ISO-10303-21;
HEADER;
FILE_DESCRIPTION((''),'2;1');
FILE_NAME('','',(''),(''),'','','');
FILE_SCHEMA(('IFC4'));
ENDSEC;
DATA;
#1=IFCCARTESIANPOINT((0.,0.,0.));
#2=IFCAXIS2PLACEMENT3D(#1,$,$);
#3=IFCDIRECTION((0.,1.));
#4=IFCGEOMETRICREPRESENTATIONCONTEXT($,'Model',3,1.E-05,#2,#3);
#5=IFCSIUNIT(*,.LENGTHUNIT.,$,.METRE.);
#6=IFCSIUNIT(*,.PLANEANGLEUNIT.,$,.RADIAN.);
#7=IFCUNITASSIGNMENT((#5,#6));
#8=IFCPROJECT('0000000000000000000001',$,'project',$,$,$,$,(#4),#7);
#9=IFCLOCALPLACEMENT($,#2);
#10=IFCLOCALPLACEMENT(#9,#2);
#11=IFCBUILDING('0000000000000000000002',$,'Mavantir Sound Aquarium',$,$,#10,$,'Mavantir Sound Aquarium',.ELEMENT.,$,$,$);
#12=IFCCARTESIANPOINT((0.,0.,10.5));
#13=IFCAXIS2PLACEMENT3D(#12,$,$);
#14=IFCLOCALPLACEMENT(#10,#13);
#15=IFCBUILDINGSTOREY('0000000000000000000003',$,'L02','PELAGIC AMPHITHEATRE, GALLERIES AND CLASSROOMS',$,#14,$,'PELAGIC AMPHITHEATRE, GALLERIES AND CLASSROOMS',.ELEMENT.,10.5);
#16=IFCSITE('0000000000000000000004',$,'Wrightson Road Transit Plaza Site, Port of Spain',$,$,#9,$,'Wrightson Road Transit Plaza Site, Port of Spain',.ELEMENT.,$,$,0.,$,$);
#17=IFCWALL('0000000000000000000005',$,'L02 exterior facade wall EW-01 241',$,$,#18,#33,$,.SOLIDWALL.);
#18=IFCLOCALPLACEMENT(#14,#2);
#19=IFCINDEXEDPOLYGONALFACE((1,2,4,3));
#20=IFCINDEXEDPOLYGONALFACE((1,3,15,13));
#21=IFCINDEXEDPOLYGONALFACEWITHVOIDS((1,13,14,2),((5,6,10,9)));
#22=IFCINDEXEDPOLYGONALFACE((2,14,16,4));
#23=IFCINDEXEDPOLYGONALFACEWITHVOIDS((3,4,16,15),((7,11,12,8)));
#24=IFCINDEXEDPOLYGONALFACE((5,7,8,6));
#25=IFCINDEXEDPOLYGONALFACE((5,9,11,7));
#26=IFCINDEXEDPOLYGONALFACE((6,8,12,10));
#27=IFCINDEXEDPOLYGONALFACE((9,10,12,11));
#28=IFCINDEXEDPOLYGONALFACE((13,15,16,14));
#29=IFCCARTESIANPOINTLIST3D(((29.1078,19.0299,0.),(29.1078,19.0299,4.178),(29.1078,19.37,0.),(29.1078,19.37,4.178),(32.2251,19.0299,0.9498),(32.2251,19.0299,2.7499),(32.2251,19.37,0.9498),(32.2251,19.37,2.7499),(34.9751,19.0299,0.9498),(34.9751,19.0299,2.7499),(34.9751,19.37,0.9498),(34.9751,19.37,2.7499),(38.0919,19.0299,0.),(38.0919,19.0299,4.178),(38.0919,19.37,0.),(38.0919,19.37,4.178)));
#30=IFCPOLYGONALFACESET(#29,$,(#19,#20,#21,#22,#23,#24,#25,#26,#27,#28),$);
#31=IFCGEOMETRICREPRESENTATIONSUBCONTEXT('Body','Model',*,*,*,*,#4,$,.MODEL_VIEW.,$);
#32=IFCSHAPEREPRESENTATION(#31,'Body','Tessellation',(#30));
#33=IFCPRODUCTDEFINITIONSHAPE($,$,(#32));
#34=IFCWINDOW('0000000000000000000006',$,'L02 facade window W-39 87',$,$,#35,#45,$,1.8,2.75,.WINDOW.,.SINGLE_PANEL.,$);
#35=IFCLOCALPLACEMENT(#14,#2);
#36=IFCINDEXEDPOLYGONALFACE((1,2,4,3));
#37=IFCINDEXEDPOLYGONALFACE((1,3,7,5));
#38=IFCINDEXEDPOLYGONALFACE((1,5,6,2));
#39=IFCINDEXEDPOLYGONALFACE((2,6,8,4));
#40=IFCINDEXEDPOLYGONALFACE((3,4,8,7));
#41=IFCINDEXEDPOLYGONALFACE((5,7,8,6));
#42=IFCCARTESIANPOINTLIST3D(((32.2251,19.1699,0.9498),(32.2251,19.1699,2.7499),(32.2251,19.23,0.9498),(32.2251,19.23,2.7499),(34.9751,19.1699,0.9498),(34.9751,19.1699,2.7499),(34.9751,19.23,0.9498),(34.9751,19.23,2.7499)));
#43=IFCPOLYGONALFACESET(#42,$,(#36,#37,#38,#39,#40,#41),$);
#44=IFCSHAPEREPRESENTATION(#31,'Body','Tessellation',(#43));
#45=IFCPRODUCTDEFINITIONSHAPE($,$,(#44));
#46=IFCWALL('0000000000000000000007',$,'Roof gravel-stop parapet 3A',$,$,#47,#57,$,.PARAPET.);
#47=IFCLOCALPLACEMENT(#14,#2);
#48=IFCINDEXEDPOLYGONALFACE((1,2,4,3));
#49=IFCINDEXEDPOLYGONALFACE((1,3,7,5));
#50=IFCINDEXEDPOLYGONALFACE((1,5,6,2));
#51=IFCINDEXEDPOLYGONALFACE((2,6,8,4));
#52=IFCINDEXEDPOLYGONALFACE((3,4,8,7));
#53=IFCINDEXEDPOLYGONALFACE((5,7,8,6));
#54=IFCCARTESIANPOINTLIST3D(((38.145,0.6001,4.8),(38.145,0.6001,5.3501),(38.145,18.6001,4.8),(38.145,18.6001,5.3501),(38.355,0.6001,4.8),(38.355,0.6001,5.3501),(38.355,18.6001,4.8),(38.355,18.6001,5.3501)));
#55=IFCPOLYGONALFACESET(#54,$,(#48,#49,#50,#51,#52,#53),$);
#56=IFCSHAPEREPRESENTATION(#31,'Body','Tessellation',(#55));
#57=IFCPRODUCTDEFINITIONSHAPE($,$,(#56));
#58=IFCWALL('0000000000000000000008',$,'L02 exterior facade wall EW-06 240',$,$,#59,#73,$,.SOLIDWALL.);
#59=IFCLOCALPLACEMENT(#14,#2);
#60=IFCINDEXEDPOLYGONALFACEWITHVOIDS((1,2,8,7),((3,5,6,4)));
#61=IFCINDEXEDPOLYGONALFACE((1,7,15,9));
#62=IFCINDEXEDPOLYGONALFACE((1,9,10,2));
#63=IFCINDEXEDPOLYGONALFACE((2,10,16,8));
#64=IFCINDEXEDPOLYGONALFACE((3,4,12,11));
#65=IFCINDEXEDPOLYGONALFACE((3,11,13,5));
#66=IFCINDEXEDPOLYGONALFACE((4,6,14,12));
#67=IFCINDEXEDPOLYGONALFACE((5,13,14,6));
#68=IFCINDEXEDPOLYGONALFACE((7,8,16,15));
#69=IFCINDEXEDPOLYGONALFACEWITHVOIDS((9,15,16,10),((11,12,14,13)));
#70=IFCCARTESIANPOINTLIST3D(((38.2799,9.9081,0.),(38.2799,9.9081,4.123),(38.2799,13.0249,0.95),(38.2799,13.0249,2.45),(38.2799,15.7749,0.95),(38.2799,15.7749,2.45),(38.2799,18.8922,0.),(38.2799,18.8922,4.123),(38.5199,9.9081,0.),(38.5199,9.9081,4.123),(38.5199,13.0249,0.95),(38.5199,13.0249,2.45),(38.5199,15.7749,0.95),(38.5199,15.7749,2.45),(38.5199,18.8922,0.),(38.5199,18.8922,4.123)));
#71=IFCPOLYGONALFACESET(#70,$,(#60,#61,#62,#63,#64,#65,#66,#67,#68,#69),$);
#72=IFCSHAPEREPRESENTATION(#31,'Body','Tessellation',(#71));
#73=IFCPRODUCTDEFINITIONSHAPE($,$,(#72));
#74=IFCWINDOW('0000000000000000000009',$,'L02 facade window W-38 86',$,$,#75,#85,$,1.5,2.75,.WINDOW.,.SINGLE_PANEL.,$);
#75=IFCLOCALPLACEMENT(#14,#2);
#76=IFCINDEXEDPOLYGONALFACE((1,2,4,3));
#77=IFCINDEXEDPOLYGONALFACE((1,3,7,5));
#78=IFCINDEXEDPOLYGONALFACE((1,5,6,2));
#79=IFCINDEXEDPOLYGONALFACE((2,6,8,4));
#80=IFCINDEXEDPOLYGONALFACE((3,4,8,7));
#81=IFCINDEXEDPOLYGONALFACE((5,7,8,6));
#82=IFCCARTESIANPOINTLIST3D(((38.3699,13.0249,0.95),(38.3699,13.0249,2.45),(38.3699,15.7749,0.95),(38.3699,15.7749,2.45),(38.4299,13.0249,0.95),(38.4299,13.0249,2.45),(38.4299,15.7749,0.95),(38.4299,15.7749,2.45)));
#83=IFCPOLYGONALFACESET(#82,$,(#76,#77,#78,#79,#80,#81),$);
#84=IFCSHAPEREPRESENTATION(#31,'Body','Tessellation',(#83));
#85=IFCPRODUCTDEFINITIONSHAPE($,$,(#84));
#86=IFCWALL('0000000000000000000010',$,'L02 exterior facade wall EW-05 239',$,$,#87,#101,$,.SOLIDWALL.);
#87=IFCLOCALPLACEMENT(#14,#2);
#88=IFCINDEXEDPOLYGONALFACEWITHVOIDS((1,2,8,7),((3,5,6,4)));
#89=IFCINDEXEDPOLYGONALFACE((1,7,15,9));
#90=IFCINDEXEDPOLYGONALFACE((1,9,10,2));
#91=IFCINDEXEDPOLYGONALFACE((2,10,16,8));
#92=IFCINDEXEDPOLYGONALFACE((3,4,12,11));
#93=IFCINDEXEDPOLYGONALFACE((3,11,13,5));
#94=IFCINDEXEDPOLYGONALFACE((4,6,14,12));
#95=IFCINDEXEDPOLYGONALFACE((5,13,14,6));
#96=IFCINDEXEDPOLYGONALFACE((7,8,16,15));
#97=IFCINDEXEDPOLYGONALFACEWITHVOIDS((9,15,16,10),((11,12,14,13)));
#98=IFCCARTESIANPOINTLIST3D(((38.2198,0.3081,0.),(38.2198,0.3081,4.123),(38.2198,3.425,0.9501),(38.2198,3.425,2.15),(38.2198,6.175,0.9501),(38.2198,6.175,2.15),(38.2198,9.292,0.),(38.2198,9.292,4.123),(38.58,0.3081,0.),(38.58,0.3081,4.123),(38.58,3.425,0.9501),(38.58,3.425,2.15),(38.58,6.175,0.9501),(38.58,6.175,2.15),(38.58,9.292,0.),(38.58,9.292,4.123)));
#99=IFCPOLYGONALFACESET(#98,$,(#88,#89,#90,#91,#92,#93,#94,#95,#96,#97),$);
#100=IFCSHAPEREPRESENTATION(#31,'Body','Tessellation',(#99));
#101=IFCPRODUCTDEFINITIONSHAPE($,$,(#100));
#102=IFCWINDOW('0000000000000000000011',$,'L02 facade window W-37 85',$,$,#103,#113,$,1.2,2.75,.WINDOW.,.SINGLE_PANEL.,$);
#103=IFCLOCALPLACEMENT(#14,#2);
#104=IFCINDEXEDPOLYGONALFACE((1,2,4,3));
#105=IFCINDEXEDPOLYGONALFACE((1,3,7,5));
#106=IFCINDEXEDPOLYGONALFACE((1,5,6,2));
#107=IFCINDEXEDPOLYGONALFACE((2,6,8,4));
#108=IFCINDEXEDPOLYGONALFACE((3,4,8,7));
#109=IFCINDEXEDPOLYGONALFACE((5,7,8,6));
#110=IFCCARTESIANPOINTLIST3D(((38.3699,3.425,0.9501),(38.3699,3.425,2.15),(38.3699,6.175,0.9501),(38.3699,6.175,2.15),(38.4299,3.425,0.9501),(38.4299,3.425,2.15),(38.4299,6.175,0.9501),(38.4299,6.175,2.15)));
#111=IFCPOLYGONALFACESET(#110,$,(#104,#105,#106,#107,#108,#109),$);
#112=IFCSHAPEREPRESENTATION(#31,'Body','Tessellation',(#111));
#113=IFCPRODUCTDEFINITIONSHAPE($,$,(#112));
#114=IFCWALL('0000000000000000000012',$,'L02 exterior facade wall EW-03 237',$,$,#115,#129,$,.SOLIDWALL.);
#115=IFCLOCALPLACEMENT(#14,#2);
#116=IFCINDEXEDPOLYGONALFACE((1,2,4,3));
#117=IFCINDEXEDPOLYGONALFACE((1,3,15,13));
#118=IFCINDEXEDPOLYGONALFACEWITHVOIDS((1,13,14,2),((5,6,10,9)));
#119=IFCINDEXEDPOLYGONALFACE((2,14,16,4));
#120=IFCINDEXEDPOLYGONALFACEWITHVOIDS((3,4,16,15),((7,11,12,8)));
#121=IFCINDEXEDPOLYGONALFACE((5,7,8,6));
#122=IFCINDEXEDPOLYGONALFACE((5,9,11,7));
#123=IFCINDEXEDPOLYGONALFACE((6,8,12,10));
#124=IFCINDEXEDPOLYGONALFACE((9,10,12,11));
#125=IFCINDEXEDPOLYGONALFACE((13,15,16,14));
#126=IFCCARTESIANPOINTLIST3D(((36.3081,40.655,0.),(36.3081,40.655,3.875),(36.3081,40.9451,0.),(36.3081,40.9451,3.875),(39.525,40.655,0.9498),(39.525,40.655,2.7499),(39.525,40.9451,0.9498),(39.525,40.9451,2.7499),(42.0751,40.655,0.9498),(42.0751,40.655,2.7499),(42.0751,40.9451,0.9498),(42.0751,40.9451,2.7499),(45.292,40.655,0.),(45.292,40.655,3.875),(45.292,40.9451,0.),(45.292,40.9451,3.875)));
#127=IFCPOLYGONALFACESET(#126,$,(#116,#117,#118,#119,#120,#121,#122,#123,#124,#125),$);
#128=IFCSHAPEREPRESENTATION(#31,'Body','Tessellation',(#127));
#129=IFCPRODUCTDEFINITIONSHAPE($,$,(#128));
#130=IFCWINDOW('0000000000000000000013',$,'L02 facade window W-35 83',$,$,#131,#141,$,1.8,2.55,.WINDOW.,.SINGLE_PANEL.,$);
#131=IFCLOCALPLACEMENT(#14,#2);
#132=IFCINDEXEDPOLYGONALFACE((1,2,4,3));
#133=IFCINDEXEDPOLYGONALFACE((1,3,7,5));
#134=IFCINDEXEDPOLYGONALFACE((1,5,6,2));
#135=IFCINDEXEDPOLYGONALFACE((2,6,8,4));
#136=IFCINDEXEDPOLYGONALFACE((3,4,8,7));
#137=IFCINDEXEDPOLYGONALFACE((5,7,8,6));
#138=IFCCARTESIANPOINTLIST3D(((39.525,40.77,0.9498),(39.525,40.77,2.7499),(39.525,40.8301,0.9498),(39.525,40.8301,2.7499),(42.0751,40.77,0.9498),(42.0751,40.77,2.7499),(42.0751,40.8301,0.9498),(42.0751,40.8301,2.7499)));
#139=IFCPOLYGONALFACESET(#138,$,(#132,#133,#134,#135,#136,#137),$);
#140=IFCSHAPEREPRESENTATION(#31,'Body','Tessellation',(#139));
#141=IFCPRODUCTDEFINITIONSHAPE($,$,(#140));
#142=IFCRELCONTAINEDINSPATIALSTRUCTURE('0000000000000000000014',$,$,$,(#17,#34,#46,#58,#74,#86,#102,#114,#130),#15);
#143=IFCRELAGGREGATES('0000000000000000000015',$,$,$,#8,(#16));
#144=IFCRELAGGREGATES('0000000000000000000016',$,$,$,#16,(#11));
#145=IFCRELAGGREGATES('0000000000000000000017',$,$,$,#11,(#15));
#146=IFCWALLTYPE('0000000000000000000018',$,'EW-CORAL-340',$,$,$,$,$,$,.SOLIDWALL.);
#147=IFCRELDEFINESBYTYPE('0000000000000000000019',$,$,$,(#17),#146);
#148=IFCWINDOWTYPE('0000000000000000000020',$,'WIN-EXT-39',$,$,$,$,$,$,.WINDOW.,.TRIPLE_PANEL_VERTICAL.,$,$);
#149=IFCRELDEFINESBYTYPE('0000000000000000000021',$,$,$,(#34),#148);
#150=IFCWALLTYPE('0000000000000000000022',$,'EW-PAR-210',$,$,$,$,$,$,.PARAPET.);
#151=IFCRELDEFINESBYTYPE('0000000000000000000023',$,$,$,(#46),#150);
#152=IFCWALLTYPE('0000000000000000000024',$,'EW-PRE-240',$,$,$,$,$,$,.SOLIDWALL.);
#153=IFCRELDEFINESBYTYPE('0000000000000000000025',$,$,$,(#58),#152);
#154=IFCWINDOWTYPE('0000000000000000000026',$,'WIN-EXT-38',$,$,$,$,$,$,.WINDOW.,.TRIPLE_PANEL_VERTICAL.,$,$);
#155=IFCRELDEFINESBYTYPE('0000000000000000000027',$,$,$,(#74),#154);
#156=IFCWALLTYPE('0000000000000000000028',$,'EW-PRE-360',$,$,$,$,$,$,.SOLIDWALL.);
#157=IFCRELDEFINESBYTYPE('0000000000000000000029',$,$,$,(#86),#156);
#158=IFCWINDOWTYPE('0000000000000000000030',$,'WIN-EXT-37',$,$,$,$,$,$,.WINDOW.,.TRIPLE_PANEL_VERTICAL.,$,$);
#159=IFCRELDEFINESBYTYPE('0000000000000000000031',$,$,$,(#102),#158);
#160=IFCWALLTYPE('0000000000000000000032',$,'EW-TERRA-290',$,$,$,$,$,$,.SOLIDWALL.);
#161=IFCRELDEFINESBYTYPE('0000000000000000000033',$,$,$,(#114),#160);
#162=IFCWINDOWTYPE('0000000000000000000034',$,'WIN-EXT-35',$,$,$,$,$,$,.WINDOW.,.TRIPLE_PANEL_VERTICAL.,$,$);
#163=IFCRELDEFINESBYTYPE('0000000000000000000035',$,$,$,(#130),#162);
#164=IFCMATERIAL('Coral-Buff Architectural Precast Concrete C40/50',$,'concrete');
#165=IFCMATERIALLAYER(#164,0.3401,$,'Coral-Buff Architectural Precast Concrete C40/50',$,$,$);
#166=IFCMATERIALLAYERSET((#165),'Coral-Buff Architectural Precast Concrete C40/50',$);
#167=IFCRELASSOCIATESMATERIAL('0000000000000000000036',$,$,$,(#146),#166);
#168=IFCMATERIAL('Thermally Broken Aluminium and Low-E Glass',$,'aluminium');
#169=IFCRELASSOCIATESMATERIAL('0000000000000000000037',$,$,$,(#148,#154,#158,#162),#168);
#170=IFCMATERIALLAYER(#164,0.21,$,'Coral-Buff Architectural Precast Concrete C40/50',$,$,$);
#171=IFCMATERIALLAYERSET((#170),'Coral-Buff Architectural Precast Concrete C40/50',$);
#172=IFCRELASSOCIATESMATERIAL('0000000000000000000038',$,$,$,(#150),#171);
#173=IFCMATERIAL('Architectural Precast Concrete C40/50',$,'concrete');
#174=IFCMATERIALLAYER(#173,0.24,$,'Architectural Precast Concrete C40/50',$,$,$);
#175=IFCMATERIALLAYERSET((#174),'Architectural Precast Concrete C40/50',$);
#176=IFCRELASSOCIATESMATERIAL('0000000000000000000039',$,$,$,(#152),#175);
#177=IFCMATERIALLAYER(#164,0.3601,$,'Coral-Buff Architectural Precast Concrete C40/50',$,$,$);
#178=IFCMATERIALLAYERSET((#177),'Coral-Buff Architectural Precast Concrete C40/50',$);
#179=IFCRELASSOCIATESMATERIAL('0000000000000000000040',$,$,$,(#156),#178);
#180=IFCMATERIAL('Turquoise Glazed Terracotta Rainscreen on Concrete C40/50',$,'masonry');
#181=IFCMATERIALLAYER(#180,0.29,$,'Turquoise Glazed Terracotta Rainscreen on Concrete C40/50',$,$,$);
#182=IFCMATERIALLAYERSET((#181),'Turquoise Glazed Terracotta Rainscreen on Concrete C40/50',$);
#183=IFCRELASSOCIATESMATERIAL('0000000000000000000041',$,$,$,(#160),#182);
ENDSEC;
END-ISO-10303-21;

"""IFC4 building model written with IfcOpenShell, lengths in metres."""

from ifc_helpers import new_model, si_unit, direction, frame, frame_2d, origin, place, context, subcontext, project, spatial, rectangle, extrude, material, layer, layer_set, type_object, element, fill, save


model = new_model("IFC4")

# Units and contexts
model_context = context("Model", 3, precision=1e-05, world=origin(), true_north=direction((0.0, 1.0)))
body_context = subcontext(model_context, "Body", "Model", "MODEL_VIEW")
ifc_project = project(units=[si_unit("LENGTHUNIT", "METRE"), si_unit("PLANEANGLEUNIT", "RADIAN")], contexts=[model_context])

# Site, building, storey
site_placement = place(None, origin())
site = spatial("IfcSite", under=ifc_project, at=site_placement, Name="Wrightson Road Transit Plaza Site, Port of Spain", LongName="Wrightson Road Transit Plaza Site, Port of Spain", CompositionType="ELEMENT", RefElevation=0.0)
building_placement = place(site_placement, origin())
building = spatial("IfcBuilding", under=site, at=building_placement, Name="Mavantir Sound Aquarium", LongName="Mavantir Sound Aquarium", CompositionType="ELEMENT")
storey_placement = place(building_placement, frame((0.0, 0.0, 10.5)))
storey = spatial("IfcBuildingStorey", under=building, at=storey_placement, Name="L02", Description="PELAGIC AMPHITHEATRE, GALLERIES AND CLASSROOMS", LongName="PELAGIC AMPHITHEATRE, GALLERIES AND CLASSROOMS", CompositionType="ELEMENT", Elevation=10.5)

# Wall, opening, window
ifc_material_1 = material(Name="Coral-Buff Architectural Precast Concrete C40/50", Category="concrete")
ifc_layer_1 = layer(ifc_material_1, 0.3401, Name="Coral-Buff Architectural Precast Concrete C40/50")
ifc_layer_set_1 = layer_set([ifc_layer_1], Name="Coral-Buff Architectural Precast Concrete C40/50")
wall_type_1 = type_object("IfcWallType", Name="EW-CORAL-340", PredefinedType="SOLIDWALL", material=ifc_layer_set_1)
wall_1_placement = place(storey_placement, frame((38.092, 19.2, 0.0), z_axis=(0.0, 0.0, 1.0), x_axis=(-1.0, 0.0, 0.0)))
wall_1 = element("IfcWall", 1, at=wall_1_placement, inside=storey, type_object=wall_type_1, Name="L02 exterior facade wall EW-01 241", PredefinedType="SOLIDWALL", context=body_context, shape_type="SweptSolid", body=[
    extrude(rectangle(XDim=8.9841, YDim=0.3401, at=frame_2d((4.4922, 0.0))), origin(), (0.0, 0.0, 1.0), 4.178),
])
opening_1_placement = place(wall_1_placement, frame((3.1169, 0.0, 0.95)))
opening_1 = element("IfcOpeningElement", 2, at=opening_1_placement, cuts=wall_1, PredefinedType="OPENING", context=body_context, shape_type="SweptSolid", body=[
    extrude(rectangle(XDim=2.75, YDim=1.8, at=frame_2d((1.375, 0.8999))), frame((0.0, 0.1802, 0.0), z_axis=(0.0, -1.0, 0.0), x_axis=(1.0, 0.0, 0.0)), (0.0, 0.0, 1.0), 0.3601),
])
ifc_material_2 = material(Name="Thermally Broken Aluminium and Low-E Glass", Category="aluminium")
window_type_1 = type_object("IfcWindowType", Name="WIN-EXT-39", PartitioningType="TRIPLE_PANEL_VERTICAL", PredefinedType="WINDOW", material=ifc_material_2)
window_1_placement = place(opening_1_placement, origin())
window_1 = element("IfcWindow", 3, at=window_1_placement, inside=storey, type_object=window_type_1, Name="L02 facade window W-39 87", OverallHeight=1.8, OverallWidth=2.75, PartitioningType="SINGLE_PANEL", PredefinedType="WINDOW", context=body_context, shape_type="SweptSolid", body=[
    extrude(rectangle(XDim=2.75, YDim=1.8, at=frame_2d((1.375, 0.8999))), frame((0.0, 0.03, 0.0), z_axis=(0.0, -1.0, 0.0), x_axis=(1.0, 0.0, 0.0)), (0.0, 0.0, 1.0), 0.0601),
])
fill(opening_1, window_1)

# Wall
ifc_layer_2 = layer(ifc_material_1, 0.21, Name="Coral-Buff Architectural Precast Concrete C40/50")
ifc_layer_set_2 = layer_set([ifc_layer_2], Name="Coral-Buff Architectural Precast Concrete C40/50")
wall_type_2 = type_object("IfcWallType", Name="EW-PAR-210", PredefinedType="PARAPET", material=ifc_layer_set_2)
wall_2_placement = place(storey_placement, frame((38.25, 0.6001, 4.8), z_axis=(0.0, 0.0, 1.0), x_axis=(0.0, 1.0, 0.0)))
element("IfcWall", 4, at=wall_2_placement, inside=storey, type_object=wall_type_2, Name="Roof gravel-stop parapet 3A", PredefinedType="PARAPET", context=body_context, shape_type="SweptSolid", body=[
    extrude(rectangle(XDim=18.0, YDim=0.21, at=frame_2d((9.0, 0.0))), origin(), (0.0, 0.0, 1.0), 0.55),
])

# Walls, openings, windows
ifc_material_3 = material(Name="Architectural Precast Concrete C40/50", Category="concrete")
ifc_layer_3 = layer(ifc_material_3, 0.24, Name="Architectural Precast Concrete C40/50")
ifc_layer_set_3 = layer_set([ifc_layer_3], Name="Architectural Precast Concrete C40/50")
wall_type_3 = type_object("IfcWallType", Name="EW-PRE-240", PredefinedType="SOLIDWALL", material=ifc_layer_set_3)
wall_3_placement = place(storey_placement, frame((38.3999, 9.908, 0.0), z_axis=(0.0, 0.0, 1.0), x_axis=(0.0, 1.0, 0.0)))
wall_3 = element("IfcWall", 5, at=wall_3_placement, inside=storey, type_object=wall_type_3, Name="L02 exterior facade wall EW-06 240", PredefinedType="SOLIDWALL", context=body_context, shape_type="SweptSolid", body=[
    extrude(rectangle(XDim=8.9841, YDim=0.24, at=frame_2d((4.4922, 0.0))), origin(), (0.0, 0.0, 1.0), 4.123),
])
opening_2_placement = place(wall_3_placement, frame((3.1169, 0.0, 0.95)))
opening_2 = element("IfcOpeningElement", 6, at=opening_2_placement, cuts=wall_3, PredefinedType="OPENING", context=body_context, shape_type="SweptSolid", body=[
    extrude(rectangle(XDim=2.75, YDim=1.5, at=frame_2d((1.375, 0.75))), frame((0.0, 0.1299, 0.0), z_axis=(0.0, -1.0, 0.0), x_axis=(1.0, 0.0, 0.0)), (0.0, 0.0, 1.0), 0.26),
])
window_type_2 = type_object("IfcWindowType", Name="WIN-EXT-38", PartitioningType="TRIPLE_PANEL_VERTICAL", PredefinedType="WINDOW", material=ifc_material_2)
window_2_placement = place(opening_2_placement, origin())
window_2 = element("IfcWindow", 7, at=window_2_placement, inside=storey, type_object=window_type_2, Name="L02 facade window W-38 86", OverallHeight=1.5, OverallWidth=2.75, PartitioningType="SINGLE_PANEL", PredefinedType="WINDOW", context=body_context, shape_type="SweptSolid", body=[
    extrude(rectangle(XDim=2.75, YDim=1.5, at=frame_2d((1.375, 0.75))), frame((0.0, 0.03, 0.0), z_axis=(0.0, -1.0, 0.0), x_axis=(1.0, 0.0, 0.0)), (0.0, 0.0, 1.0), 0.0601),
])
fill(opening_2, window_2)
ifc_layer_4 = layer(ifc_material_1, 0.3601, Name="Coral-Buff Architectural Precast Concrete C40/50")
ifc_layer_set_4 = layer_set([ifc_layer_4], Name="Coral-Buff Architectural Precast Concrete C40/50")
wall_type_4 = type_object("IfcWallType", Name="EW-PRE-360", PredefinedType="SOLIDWALL", material=ifc_layer_set_4)
wall_4_placement = place(storey_placement, frame((38.3999, 0.3081, 0.0), z_axis=(0.0, 0.0, 1.0), x_axis=(0.0, 1.0, 0.0)))
wall_4 = element("IfcWall", 8, at=wall_4_placement, inside=storey, type_object=wall_type_4, Name="L02 exterior facade wall EW-05 239", PredefinedType="SOLIDWALL", context=body_context, shape_type="SweptSolid", body=[
    extrude(rectangle(XDim=8.9839, YDim=0.3601, at=frame_2d((4.4919, 0.0))), origin(), (0.0, 0.0, 1.0), 4.123),
])
opening_3_placement = place(wall_4_placement, frame((3.1169, 0.0, 0.95)))
opening_3 = element("IfcOpeningElement", 9, at=opening_3_placement, cuts=wall_4, PredefinedType="OPENING", context=body_context, shape_type="SweptSolid", body=[
    extrude(rectangle(XDim=2.75, YDim=1.2, at=frame_2d((1.375, 0.6001))), frame((0.0, 0.1899, 0.0), z_axis=(0.0, -1.0, 0.0), x_axis=(1.0, 0.0, 0.0)), (0.0, 0.0, 1.0), 0.3801),
])
window_type_3 = type_object("IfcWindowType", Name="WIN-EXT-37", PartitioningType="TRIPLE_PANEL_VERTICAL", PredefinedType="WINDOW", material=ifc_material_2)
window_3_placement = place(opening_3_placement, origin())
window_3 = element("IfcWindow", 10, at=window_3_placement, inside=storey, type_object=window_type_3, Name="L02 facade window W-37 85", OverallHeight=1.2, OverallWidth=2.75, PartitioningType="SINGLE_PANEL", PredefinedType="WINDOW", context=body_context, shape_type="SweptSolid", body=[
    extrude(rectangle(XDim=2.75, YDim=1.2, at=frame_2d((1.375, 0.6001))), frame((0.0, 0.03, 0.0), z_axis=(0.0, -1.0, 0.0), x_axis=(1.0, 0.0, 0.0)), (0.0, 0.0, 1.0), 0.0601),
])
fill(opening_3, window_3)
ifc_material_4 = material(Name="Turquoise Glazed Terracotta Rainscreen on Concrete C40/50", Category="masonry")
ifc_layer_5 = layer(ifc_material_4, 0.29, Name="Turquoise Glazed Terracotta Rainscreen on Concrete C40/50")
ifc_layer_set_5 = layer_set([ifc_layer_5], Name="Turquoise Glazed Terracotta Rainscreen on Concrete C40/50")
wall_type_5 = type_object("IfcWallType", Name="EW-TERRA-290", PredefinedType="SOLIDWALL", material=ifc_layer_set_5)
wall_5_placement = place(storey_placement, frame((36.3081, 40.8, 0.0), z_axis=(0.0, 0.0, 1.0), x_axis=(1.0, 0.0, 0.0)))
wall_5 = element("IfcWall", 11, at=wall_5_placement, inside=storey, type_object=wall_type_5, Name="L02 exterior facade wall EW-03 237", PredefinedType="SOLIDWALL", context=body_context, shape_type="SweptSolid", body=[
    extrude(rectangle(XDim=8.9839, YDim=0.29, at=frame_2d((4.4919, 0.0))), origin(), (0.0, 0.0, 1.0), 3.875),
])
opening_4_placement = place(wall_5_placement, frame((3.217, 0.0, 0.95)))
opening_4 = element("IfcOpeningElement", 12, at=opening_4_placement, cuts=wall_5, PredefinedType="OPENING", context=body_context, shape_type="SweptSolid", body=[
    extrude(rectangle(XDim=2.55, YDim=1.8, at=frame_2d((1.2749, 0.8999))), frame((0.0, 0.155, 0.0), z_axis=(0.0, -1.0, 0.0), x_axis=(1.0, 0.0, 0.0)), (0.0, 0.0, 1.0), 0.3101),
])
window_type_4 = type_object("IfcWindowType", Name="WIN-EXT-35", PartitioningType="TRIPLE_PANEL_VERTICAL", PredefinedType="WINDOW", material=ifc_material_2)
window_4_placement = place(opening_4_placement, origin())
window_4 = element("IfcWindow", 13, at=window_4_placement, inside=storey, type_object=window_type_4, Name="L02 facade window W-35 83", OverallHeight=1.8, OverallWidth=2.55, PartitioningType="SINGLE_PANEL", PredefinedType="WINDOW", context=body_context, shape_type="SweptSolid", body=[
    extrude(rectangle(XDim=2.55, YDim=1.8, at=frame_2d((1.2749, 0.8999))), frame((0.0, 0.03, 0.0), z_axis=(0.0, -1.0, 0.0), x_axis=(1.0, 0.0, 0.0)), (0.0, 0.0, 1.0), 0.0601),
])
fill(opening_4, window_4)

save(model, "model.ifc")
